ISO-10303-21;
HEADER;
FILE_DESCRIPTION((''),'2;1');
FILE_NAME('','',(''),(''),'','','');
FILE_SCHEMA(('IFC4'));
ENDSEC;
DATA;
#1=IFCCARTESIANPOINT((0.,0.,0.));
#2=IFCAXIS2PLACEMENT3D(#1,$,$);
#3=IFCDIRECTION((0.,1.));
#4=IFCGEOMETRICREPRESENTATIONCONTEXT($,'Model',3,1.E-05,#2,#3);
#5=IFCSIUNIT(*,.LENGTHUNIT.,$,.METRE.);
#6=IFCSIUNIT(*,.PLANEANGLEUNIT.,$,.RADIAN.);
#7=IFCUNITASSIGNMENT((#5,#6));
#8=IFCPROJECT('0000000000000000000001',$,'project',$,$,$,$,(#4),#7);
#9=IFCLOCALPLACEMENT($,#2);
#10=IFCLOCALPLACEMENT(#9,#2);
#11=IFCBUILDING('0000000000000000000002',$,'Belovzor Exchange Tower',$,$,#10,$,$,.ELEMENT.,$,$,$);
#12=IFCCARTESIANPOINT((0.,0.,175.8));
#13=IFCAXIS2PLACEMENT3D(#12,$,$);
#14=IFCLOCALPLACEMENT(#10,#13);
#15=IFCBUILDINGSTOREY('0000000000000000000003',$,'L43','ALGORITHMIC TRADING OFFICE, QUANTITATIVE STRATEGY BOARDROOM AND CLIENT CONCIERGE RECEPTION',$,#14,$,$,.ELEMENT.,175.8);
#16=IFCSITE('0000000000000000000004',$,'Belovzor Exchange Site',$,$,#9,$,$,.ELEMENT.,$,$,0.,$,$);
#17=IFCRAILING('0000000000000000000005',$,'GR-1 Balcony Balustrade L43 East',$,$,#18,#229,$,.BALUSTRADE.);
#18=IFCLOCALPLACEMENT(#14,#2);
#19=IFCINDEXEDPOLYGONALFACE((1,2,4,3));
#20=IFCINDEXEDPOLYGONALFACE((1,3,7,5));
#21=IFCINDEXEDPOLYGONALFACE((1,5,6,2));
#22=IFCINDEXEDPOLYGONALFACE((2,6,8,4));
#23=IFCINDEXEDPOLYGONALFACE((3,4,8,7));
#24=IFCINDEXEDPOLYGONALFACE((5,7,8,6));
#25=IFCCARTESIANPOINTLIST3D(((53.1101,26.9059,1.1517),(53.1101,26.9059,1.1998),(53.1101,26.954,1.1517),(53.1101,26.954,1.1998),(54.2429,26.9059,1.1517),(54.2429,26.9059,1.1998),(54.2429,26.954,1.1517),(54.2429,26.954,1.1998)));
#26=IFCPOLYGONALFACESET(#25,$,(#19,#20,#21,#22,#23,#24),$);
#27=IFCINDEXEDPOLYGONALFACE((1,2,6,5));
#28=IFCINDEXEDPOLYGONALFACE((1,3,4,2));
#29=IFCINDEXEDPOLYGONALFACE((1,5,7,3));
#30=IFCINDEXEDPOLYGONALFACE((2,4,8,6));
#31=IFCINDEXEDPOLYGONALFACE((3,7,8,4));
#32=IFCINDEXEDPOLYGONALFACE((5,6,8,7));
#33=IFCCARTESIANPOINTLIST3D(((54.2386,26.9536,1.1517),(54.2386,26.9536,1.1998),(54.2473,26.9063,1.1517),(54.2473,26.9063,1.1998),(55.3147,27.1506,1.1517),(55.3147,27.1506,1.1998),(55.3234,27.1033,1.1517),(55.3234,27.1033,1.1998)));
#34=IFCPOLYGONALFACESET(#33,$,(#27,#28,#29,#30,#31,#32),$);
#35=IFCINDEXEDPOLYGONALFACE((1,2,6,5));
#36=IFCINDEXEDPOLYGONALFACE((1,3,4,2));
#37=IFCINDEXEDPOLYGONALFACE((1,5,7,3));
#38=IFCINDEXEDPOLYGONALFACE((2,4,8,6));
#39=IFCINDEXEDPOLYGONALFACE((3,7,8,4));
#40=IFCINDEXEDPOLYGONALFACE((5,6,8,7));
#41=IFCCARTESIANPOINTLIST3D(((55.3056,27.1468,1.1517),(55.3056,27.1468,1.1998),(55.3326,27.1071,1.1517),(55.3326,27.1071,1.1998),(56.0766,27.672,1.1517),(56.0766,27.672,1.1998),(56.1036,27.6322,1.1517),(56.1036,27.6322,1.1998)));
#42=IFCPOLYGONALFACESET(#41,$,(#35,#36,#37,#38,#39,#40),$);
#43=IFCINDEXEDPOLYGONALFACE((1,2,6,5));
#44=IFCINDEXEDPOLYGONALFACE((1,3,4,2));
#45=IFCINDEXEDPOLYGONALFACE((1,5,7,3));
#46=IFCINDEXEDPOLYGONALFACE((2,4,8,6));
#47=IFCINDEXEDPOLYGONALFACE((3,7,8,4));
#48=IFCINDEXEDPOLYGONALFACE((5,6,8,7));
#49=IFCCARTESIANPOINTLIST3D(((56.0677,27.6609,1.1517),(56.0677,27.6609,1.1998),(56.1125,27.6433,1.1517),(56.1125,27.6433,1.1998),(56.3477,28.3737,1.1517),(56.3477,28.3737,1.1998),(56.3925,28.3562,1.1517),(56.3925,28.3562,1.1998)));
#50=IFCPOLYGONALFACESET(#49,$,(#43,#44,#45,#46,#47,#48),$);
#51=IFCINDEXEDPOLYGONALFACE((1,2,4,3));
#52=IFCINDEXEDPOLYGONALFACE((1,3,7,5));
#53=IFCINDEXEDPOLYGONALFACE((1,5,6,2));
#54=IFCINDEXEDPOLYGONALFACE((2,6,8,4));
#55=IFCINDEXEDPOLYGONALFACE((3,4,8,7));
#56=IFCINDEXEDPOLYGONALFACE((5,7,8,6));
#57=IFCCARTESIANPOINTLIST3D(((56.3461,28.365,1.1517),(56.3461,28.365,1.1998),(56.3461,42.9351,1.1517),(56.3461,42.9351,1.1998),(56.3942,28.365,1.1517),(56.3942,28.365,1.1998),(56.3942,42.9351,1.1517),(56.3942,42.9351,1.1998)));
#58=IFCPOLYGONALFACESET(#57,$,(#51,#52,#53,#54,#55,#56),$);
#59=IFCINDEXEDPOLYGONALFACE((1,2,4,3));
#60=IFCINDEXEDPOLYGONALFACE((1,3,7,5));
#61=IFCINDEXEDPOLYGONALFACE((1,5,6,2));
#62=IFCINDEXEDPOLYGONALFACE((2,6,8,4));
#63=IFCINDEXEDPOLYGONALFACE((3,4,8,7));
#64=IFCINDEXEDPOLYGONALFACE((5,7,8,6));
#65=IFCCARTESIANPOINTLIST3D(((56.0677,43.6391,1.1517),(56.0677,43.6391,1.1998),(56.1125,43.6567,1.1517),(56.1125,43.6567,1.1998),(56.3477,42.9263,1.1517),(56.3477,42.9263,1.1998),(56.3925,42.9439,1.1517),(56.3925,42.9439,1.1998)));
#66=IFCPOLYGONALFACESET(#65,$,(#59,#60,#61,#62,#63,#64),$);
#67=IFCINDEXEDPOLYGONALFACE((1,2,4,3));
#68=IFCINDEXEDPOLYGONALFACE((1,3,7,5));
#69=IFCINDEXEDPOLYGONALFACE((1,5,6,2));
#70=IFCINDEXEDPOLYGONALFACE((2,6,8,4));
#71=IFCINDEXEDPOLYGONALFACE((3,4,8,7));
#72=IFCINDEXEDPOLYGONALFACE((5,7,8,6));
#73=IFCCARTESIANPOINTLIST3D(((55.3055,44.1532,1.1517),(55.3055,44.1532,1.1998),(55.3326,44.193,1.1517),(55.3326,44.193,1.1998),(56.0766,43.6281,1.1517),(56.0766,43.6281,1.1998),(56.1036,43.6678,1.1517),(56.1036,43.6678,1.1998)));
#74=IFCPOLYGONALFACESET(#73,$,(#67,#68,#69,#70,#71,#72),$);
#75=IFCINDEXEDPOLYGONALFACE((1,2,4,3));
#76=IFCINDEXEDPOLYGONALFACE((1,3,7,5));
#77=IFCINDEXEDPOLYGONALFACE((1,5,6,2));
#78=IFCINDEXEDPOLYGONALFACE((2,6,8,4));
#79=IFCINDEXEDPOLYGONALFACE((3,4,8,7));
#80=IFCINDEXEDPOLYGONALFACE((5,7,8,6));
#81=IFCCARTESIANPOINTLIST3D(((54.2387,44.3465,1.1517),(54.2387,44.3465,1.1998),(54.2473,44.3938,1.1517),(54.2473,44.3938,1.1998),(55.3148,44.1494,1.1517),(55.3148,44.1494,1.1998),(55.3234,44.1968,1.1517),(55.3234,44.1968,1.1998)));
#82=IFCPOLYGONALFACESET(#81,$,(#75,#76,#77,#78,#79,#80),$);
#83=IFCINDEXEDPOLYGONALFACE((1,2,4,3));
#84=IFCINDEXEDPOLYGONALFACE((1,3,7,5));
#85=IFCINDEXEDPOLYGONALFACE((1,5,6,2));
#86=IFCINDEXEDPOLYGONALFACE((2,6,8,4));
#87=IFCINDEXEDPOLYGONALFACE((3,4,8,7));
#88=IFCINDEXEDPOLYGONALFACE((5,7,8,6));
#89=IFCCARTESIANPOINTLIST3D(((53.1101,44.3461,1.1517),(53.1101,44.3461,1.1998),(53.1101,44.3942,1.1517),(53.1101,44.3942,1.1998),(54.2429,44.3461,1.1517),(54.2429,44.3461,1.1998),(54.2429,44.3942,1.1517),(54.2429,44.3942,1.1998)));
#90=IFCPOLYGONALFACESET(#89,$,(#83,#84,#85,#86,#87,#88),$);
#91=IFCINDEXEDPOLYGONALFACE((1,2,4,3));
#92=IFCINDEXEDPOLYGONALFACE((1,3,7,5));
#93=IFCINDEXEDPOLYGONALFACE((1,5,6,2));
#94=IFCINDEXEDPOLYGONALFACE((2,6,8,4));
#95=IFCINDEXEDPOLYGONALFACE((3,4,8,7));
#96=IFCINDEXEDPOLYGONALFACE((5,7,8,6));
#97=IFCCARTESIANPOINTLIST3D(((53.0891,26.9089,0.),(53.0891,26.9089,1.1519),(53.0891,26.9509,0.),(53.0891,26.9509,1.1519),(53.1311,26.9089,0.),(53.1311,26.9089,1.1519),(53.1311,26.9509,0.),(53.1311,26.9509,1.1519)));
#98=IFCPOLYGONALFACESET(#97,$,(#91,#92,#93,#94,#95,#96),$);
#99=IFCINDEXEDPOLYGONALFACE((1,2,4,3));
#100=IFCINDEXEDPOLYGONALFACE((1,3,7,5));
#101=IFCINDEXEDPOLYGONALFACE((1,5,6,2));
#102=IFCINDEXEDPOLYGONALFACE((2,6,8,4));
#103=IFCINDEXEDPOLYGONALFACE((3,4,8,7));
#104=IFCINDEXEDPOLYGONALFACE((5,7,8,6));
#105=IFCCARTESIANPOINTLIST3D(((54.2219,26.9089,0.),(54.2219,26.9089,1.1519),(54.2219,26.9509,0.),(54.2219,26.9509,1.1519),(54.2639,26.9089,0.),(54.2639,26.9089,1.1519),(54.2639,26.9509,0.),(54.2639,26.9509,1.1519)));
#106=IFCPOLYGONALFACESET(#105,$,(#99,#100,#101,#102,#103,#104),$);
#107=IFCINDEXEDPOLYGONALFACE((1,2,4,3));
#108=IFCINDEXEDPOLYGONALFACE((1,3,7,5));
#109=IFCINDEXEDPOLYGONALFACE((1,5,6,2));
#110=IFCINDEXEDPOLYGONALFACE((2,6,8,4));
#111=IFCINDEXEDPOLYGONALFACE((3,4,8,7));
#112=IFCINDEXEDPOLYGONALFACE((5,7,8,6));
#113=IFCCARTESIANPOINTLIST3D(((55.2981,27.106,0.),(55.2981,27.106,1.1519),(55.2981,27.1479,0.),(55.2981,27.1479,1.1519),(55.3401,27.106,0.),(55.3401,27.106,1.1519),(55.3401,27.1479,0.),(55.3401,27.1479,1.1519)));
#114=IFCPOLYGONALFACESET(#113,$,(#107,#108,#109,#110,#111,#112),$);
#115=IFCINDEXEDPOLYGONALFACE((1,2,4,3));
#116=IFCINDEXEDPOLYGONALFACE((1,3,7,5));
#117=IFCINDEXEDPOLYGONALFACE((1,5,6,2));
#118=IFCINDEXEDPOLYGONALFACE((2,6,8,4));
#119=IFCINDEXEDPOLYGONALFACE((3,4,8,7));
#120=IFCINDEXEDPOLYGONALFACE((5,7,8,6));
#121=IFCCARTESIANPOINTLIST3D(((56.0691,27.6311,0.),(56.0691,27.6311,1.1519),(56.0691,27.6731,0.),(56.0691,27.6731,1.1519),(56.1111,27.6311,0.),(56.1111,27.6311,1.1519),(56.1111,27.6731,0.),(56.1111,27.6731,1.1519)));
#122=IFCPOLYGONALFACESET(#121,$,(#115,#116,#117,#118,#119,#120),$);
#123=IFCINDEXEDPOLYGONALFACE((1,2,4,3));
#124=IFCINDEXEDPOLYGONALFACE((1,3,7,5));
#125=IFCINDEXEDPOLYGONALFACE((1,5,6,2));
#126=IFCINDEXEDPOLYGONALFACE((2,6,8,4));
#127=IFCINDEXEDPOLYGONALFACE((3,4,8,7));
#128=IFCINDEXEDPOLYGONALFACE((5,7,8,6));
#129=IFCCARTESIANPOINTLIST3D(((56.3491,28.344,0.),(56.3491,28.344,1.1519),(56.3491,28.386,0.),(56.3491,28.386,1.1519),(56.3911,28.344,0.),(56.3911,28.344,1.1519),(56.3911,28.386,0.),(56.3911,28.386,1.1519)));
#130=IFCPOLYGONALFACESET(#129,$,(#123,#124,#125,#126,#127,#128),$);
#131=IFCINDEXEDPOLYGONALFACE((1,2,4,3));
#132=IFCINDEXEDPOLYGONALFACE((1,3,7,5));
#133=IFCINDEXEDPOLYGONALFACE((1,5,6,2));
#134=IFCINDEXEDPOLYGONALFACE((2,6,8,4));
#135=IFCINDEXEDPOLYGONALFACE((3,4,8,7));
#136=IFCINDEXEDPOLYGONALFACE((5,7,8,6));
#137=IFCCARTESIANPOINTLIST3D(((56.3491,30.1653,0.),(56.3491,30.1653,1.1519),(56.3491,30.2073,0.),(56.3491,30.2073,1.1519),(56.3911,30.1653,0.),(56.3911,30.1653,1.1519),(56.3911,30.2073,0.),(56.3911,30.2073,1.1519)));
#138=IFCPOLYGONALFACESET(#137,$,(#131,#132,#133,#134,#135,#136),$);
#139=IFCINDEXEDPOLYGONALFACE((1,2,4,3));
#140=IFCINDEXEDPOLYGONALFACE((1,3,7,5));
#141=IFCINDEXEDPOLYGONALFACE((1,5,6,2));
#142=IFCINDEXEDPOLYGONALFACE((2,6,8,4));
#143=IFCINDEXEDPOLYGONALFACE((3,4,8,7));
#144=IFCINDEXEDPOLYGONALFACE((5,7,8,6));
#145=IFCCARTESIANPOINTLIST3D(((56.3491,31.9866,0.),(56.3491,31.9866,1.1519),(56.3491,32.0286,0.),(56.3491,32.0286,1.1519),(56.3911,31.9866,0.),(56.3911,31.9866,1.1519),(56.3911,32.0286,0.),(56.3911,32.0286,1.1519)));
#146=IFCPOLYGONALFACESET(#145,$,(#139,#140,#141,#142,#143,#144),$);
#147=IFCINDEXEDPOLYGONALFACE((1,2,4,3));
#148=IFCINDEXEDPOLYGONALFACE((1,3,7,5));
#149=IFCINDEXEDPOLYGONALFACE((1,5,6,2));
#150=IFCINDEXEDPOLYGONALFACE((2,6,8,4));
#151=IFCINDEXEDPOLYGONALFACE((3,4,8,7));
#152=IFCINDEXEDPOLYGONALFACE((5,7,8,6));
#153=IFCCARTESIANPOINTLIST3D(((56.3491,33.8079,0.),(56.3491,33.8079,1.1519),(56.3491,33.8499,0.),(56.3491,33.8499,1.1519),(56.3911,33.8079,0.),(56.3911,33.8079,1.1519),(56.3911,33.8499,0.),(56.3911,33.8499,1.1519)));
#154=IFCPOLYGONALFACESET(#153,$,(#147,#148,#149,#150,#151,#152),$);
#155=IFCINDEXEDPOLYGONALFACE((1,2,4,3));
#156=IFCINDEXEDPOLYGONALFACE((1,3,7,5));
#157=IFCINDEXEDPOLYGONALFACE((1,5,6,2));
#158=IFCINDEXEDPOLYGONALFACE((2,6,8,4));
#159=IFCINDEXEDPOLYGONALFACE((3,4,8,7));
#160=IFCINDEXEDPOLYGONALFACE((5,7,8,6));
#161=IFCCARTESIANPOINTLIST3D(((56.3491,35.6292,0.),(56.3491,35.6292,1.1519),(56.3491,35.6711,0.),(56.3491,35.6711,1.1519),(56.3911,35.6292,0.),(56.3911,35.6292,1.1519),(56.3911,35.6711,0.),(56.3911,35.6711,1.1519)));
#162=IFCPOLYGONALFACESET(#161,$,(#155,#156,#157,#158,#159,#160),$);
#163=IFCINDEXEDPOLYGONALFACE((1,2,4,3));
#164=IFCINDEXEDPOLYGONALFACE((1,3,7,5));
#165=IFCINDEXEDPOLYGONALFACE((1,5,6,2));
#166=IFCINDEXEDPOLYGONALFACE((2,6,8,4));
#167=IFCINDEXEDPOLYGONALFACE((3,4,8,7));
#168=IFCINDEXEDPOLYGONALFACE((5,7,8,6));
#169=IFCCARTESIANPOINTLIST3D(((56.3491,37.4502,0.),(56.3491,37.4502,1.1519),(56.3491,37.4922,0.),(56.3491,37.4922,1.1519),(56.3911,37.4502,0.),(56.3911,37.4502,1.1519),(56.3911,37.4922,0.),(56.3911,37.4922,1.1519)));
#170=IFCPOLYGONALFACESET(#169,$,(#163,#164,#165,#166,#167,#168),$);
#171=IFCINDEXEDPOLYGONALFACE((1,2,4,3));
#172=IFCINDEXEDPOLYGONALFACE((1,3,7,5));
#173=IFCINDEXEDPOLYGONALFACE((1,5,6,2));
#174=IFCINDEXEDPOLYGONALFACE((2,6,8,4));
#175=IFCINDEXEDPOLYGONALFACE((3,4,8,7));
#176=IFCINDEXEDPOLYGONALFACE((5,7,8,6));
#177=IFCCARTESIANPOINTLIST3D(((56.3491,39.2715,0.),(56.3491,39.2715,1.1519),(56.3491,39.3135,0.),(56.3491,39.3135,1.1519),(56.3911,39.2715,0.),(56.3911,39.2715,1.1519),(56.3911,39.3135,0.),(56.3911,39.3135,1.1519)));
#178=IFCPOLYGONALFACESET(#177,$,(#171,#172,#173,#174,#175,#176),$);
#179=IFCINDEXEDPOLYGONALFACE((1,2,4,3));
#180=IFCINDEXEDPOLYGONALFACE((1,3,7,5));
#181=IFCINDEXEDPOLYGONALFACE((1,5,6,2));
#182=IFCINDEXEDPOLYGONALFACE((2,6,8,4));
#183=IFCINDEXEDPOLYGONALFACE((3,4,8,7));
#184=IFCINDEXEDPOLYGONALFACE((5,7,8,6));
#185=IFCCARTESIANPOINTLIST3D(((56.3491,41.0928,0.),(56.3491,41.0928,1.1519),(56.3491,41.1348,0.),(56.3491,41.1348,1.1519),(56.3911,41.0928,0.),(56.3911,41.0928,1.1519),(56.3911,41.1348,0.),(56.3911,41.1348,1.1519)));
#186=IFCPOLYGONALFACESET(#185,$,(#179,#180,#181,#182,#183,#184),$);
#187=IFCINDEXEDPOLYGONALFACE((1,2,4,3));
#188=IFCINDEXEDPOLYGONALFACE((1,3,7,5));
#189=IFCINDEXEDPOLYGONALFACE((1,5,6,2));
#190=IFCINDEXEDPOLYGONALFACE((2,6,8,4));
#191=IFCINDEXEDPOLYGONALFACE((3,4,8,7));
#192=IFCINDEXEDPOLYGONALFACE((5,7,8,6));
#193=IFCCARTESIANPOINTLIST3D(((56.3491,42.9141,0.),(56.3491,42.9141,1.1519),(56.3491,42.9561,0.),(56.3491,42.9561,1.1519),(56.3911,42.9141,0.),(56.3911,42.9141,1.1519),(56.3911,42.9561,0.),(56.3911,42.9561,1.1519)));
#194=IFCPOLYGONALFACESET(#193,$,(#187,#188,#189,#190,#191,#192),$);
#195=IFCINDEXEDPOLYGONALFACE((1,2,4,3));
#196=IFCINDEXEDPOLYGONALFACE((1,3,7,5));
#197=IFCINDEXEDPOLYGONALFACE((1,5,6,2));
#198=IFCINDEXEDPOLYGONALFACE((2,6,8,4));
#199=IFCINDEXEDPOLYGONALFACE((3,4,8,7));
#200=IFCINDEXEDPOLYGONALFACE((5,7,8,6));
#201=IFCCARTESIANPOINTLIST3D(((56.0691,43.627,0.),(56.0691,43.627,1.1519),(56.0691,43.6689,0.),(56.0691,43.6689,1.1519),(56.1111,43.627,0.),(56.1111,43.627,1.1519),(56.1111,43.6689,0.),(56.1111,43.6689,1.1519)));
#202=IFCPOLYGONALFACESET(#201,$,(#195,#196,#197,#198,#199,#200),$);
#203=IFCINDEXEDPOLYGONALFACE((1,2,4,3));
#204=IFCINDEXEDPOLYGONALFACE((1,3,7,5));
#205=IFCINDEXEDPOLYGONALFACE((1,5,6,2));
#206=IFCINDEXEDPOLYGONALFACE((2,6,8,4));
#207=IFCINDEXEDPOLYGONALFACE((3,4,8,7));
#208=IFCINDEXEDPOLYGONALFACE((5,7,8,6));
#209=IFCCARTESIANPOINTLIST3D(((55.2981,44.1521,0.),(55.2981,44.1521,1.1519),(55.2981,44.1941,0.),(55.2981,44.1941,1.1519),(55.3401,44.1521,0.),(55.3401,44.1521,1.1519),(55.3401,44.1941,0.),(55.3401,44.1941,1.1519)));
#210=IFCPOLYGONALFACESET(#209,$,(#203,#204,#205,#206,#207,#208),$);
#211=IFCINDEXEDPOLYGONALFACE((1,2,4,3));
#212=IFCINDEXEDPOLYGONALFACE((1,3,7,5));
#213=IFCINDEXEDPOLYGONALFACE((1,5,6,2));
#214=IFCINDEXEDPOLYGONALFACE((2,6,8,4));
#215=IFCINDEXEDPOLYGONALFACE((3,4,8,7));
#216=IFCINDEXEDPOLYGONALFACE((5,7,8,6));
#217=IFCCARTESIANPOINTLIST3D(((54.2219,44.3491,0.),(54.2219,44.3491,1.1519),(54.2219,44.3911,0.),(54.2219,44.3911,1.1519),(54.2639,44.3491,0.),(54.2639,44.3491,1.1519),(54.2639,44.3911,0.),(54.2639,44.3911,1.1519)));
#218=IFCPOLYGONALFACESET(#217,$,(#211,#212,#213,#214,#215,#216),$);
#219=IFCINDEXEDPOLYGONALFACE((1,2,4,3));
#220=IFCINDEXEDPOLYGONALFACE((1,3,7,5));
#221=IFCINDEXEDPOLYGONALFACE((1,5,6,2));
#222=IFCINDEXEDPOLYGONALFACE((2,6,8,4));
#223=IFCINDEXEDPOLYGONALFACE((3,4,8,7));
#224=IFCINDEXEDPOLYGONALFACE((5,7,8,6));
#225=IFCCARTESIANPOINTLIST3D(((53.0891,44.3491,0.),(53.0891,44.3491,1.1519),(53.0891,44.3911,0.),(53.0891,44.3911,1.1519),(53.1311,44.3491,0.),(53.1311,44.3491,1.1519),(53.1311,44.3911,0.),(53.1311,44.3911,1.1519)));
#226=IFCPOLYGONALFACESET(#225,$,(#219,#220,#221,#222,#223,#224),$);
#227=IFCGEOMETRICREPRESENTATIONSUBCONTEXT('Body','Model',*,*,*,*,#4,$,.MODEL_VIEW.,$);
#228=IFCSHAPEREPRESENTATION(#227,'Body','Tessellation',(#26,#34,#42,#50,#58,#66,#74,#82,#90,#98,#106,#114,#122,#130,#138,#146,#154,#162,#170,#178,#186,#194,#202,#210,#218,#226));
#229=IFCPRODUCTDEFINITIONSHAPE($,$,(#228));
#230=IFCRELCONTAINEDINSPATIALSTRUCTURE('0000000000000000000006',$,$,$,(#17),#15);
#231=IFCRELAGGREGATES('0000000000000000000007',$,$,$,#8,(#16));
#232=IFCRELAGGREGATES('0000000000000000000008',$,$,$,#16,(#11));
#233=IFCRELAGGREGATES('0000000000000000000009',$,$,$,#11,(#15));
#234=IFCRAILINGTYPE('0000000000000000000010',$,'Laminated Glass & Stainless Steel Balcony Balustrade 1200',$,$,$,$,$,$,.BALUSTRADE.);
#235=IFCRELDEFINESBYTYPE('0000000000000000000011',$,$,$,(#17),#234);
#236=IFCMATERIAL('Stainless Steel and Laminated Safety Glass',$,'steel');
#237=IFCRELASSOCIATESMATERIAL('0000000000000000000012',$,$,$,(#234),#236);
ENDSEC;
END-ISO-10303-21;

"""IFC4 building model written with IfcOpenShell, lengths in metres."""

from ifc_helpers import new_model, si_unit, direction, frame, origin, origin_2d, place, context, subcontext, project, spatial, rectangle, extrude, material, type_object, element, save


model = new_model("IFC4")

# Units and contexts
model_context = context("Model", 3, precision=1e-05, world=origin(), true_north=direction((0.0, 1.0)))
body_context = subcontext(model_context, "Body", "Model", "MODEL_VIEW")
ifc_project = project(units=[si_unit("LENGTHUNIT", "METRE"), si_unit("PLANEANGLEUNIT", "RADIAN")], contexts=[model_context])

# Site, building, storey
site_placement = place(None, origin())
site = spatial("IfcSite", under=ifc_project, at=site_placement, Name="Belovzor Exchange Site", CompositionType="ELEMENT", RefElevation=0.0)
building_placement = place(site_placement, origin())
building = spatial("IfcBuilding", under=site, at=building_placement, Name="Belovzor Exchange Tower", CompositionType="ELEMENT")
storey_placement = place(building_placement, frame((0.0, 0.0, 175.8)))
storey = spatial("IfcBuildingStorey", under=building, at=storey_placement, Name="L43", Description="ALGORITHMIC TRADING OFFICE, QUANTITATIVE STRATEGY BOARDROOM AND CLIENT CONCIERGE RECEPTION", CompositionType="ELEMENT", Elevation=175.8)

# Railing
ifc_material_1 = material(Name="Stainless Steel and Laminated Safety Glass", Category="steel")
railing_type = type_object("IfcRailingType", Name="Laminated Glass & Stainless Steel Balcony Balustrade 1200", PredefinedType="BALUSTRADE", material=ifc_material_1)
railing_placement = place(storey_placement, frame((53.1101, 26.9299, 0.0)))
element("IfcRailing", 1, at=railing_placement, inside=storey, type_object=railing_type, Name="GR-1 Balcony Balustrade L43 East", PredefinedType="BALUSTRADE", context=body_context, shape_type="SweptSolid", body=[
    extrude(rectangle(XDim=0.0481, YDim=0.0481, at=origin_2d()), frame((0.0, 0.0, 1.1758), z_axis=(1.0, 0.0, 0.0), x_axis=(0.0, 1.0, 0.0)), (0.0, 0.0, 1.0), 1.1328),
    extrude(rectangle(XDim=0.0481, YDim=0.0481, at=origin_2d()), frame((1.1328, 0.0, 1.1758), z_axis=(0.983651, 0.180083, 0.0), x_axis=(-0.180083, 0.983651, 0.0)), (0.0, 0.0, 1.0), 1.094),
    extrude(rectangle(XDim=0.0481, YDim=0.0481, at=origin_2d()), frame((2.209, 0.197, 1.1758), z_axis=(0.826493, 0.562947, 0.0), x_axis=(-0.562947, 0.826493, 0.0)), (0.0, 0.0, 1.0), 0.9329),
    extrude(rectangle(XDim=0.0481, YDim=0.0481, at=origin_2d()), frame((2.98, 0.7222, 1.1758), z_axis=(0.365613, 0.930767, 0.0), x_axis=(-0.930767, 0.365613, 0.0)), (0.0, 0.0, 1.0), 0.7659),
    extrude(rectangle(XDim=0.0481, YDim=0.0481, at=origin_2d()), frame((3.26, 1.4351, 1.1758), z_axis=(0.0, 1.0, 0.0), x_axis=(-1.0, 0.0, 0.0)), (0.0, 0.0, 1.0), 14.5701),
    extrude(rectangle(XDim=0.0481, YDim=0.0481, at=origin_2d()), frame((3.26, 16.0051, 1.1758), z_axis=(-0.365613, 0.930767, 0.0), x_axis=(-0.930767, -0.365613, 0.0)), (0.0, 0.0, 1.0), 0.7659),
    extrude(rectangle(XDim=0.0481, YDim=0.0481, at=origin_2d()), frame((2.98, 16.718, 1.1758), z_axis=(-0.826493, 0.562947, 0.0), x_axis=(-0.562947, -0.826493, 0.0)), (0.0, 0.0, 1.0), 0.9329),
    extrude(rectangle(XDim=0.0481, YDim=0.0481, at=origin_2d()), frame((2.209, 17.2432, 1.1758), z_axis=(-0.983651, 0.180083, 0.0), x_axis=(-0.180083, -0.983651, 0.0)), (0.0, 0.0, 1.0), 1.094),
    extrude(rectangle(XDim=0.0481, YDim=0.0481, at=origin_2d()), frame((1.1328, 17.4402, 1.1758), z_axis=(-1.0, 0.0, 0.0), x_axis=(0.0, -1.0, 0.0)), (0.0, 0.0, 1.0), 1.1328),
    extrude(rectangle(XDim=0.042, YDim=0.042, at=origin_2d()), origin(), (0.0, 0.0, 1.0), 1.1519),
    extrude(rectangle(XDim=0.042, YDim=0.042, at=origin_2d()), frame((1.1328, 0.0, 0.0)), (0.0, 0.0, 1.0), 1.1519),
    extrude(rectangle(XDim=0.042, YDim=0.042, at=origin_2d()), frame((2.209, 0.197, 0.0)), (0.0, 0.0, 1.0), 1.1519),
    extrude(rectangle(XDim=0.042, YDim=0.042, at=origin_2d()), frame((2.98, 0.7222, 0.0)), (0.0, 0.0, 1.0), 1.1519),
    extrude(rectangle(XDim=0.042, YDim=0.042, at=origin_2d()), frame((3.26, 1.4351, 0.0)), (0.0, 0.0, 1.0), 1.1519),
    extrude(rectangle(XDim=0.042, YDim=0.042, at=origin_2d()), frame((3.26, 3.2563, 0.0)), (0.0, 0.0, 1.0), 1.1519),
    extrude(rectangle(XDim=0.042, YDim=0.042, at=origin_2d()), frame((3.26, 5.0776, 0.0)), (0.0, 0.0, 1.0), 1.1519),
    extrude(rectangle(XDim=0.042, YDim=0.042, at=origin_2d()), frame((3.26, 6.8989, 0.0)), (0.0, 0.0, 1.0), 1.1519),
    extrude(rectangle(XDim=0.042, YDim=0.042, at=origin_2d()), frame((3.26, 8.7202, 0.0)), (0.0, 0.0, 1.0), 1.1519),
    extrude(rectangle(XDim=0.042, YDim=0.042, at=origin_2d()), frame((3.26, 10.5413, 0.0)), (0.0, 0.0, 1.0), 1.1519),
    extrude(rectangle(XDim=0.042, YDim=0.042, at=origin_2d()), frame((3.26, 12.3625, 0.0)), (0.0, 0.0, 1.0), 1.1519),
    extrude(rectangle(XDim=0.042, YDim=0.042, at=origin_2d()), frame((3.26, 14.1838, 0.0)), (0.0, 0.0, 1.0), 1.1519),
    extrude(rectangle(XDim=0.042, YDim=0.042, at=origin_2d()), frame((3.26, 16.0051, 0.0)), (0.0, 0.0, 1.0), 1.1519),
    extrude(rectangle(XDim=0.042, YDim=0.042, at=origin_2d()), frame((2.98, 16.718, 0.0)), (0.0, 0.0, 1.0), 1.1519),
    extrude(rectangle(XDim=0.042, YDim=0.042, at=origin_2d()), frame((2.209, 17.2432, 0.0)), (0.0, 0.0, 1.0), 1.1519),
    extrude(rectangle(XDim=0.042, YDim=0.042, at=origin_2d()), frame((1.1328, 17.4402, 0.0)), (0.0, 0.0, 1.0), 1.1519),
    extrude(rectangle(XDim=0.042, YDim=0.042, at=origin_2d()), frame((0.0, 17.4402, 0.0)), (0.0, 0.0, 1.0), 1.1519),
])

save(model, "model.ifc")
